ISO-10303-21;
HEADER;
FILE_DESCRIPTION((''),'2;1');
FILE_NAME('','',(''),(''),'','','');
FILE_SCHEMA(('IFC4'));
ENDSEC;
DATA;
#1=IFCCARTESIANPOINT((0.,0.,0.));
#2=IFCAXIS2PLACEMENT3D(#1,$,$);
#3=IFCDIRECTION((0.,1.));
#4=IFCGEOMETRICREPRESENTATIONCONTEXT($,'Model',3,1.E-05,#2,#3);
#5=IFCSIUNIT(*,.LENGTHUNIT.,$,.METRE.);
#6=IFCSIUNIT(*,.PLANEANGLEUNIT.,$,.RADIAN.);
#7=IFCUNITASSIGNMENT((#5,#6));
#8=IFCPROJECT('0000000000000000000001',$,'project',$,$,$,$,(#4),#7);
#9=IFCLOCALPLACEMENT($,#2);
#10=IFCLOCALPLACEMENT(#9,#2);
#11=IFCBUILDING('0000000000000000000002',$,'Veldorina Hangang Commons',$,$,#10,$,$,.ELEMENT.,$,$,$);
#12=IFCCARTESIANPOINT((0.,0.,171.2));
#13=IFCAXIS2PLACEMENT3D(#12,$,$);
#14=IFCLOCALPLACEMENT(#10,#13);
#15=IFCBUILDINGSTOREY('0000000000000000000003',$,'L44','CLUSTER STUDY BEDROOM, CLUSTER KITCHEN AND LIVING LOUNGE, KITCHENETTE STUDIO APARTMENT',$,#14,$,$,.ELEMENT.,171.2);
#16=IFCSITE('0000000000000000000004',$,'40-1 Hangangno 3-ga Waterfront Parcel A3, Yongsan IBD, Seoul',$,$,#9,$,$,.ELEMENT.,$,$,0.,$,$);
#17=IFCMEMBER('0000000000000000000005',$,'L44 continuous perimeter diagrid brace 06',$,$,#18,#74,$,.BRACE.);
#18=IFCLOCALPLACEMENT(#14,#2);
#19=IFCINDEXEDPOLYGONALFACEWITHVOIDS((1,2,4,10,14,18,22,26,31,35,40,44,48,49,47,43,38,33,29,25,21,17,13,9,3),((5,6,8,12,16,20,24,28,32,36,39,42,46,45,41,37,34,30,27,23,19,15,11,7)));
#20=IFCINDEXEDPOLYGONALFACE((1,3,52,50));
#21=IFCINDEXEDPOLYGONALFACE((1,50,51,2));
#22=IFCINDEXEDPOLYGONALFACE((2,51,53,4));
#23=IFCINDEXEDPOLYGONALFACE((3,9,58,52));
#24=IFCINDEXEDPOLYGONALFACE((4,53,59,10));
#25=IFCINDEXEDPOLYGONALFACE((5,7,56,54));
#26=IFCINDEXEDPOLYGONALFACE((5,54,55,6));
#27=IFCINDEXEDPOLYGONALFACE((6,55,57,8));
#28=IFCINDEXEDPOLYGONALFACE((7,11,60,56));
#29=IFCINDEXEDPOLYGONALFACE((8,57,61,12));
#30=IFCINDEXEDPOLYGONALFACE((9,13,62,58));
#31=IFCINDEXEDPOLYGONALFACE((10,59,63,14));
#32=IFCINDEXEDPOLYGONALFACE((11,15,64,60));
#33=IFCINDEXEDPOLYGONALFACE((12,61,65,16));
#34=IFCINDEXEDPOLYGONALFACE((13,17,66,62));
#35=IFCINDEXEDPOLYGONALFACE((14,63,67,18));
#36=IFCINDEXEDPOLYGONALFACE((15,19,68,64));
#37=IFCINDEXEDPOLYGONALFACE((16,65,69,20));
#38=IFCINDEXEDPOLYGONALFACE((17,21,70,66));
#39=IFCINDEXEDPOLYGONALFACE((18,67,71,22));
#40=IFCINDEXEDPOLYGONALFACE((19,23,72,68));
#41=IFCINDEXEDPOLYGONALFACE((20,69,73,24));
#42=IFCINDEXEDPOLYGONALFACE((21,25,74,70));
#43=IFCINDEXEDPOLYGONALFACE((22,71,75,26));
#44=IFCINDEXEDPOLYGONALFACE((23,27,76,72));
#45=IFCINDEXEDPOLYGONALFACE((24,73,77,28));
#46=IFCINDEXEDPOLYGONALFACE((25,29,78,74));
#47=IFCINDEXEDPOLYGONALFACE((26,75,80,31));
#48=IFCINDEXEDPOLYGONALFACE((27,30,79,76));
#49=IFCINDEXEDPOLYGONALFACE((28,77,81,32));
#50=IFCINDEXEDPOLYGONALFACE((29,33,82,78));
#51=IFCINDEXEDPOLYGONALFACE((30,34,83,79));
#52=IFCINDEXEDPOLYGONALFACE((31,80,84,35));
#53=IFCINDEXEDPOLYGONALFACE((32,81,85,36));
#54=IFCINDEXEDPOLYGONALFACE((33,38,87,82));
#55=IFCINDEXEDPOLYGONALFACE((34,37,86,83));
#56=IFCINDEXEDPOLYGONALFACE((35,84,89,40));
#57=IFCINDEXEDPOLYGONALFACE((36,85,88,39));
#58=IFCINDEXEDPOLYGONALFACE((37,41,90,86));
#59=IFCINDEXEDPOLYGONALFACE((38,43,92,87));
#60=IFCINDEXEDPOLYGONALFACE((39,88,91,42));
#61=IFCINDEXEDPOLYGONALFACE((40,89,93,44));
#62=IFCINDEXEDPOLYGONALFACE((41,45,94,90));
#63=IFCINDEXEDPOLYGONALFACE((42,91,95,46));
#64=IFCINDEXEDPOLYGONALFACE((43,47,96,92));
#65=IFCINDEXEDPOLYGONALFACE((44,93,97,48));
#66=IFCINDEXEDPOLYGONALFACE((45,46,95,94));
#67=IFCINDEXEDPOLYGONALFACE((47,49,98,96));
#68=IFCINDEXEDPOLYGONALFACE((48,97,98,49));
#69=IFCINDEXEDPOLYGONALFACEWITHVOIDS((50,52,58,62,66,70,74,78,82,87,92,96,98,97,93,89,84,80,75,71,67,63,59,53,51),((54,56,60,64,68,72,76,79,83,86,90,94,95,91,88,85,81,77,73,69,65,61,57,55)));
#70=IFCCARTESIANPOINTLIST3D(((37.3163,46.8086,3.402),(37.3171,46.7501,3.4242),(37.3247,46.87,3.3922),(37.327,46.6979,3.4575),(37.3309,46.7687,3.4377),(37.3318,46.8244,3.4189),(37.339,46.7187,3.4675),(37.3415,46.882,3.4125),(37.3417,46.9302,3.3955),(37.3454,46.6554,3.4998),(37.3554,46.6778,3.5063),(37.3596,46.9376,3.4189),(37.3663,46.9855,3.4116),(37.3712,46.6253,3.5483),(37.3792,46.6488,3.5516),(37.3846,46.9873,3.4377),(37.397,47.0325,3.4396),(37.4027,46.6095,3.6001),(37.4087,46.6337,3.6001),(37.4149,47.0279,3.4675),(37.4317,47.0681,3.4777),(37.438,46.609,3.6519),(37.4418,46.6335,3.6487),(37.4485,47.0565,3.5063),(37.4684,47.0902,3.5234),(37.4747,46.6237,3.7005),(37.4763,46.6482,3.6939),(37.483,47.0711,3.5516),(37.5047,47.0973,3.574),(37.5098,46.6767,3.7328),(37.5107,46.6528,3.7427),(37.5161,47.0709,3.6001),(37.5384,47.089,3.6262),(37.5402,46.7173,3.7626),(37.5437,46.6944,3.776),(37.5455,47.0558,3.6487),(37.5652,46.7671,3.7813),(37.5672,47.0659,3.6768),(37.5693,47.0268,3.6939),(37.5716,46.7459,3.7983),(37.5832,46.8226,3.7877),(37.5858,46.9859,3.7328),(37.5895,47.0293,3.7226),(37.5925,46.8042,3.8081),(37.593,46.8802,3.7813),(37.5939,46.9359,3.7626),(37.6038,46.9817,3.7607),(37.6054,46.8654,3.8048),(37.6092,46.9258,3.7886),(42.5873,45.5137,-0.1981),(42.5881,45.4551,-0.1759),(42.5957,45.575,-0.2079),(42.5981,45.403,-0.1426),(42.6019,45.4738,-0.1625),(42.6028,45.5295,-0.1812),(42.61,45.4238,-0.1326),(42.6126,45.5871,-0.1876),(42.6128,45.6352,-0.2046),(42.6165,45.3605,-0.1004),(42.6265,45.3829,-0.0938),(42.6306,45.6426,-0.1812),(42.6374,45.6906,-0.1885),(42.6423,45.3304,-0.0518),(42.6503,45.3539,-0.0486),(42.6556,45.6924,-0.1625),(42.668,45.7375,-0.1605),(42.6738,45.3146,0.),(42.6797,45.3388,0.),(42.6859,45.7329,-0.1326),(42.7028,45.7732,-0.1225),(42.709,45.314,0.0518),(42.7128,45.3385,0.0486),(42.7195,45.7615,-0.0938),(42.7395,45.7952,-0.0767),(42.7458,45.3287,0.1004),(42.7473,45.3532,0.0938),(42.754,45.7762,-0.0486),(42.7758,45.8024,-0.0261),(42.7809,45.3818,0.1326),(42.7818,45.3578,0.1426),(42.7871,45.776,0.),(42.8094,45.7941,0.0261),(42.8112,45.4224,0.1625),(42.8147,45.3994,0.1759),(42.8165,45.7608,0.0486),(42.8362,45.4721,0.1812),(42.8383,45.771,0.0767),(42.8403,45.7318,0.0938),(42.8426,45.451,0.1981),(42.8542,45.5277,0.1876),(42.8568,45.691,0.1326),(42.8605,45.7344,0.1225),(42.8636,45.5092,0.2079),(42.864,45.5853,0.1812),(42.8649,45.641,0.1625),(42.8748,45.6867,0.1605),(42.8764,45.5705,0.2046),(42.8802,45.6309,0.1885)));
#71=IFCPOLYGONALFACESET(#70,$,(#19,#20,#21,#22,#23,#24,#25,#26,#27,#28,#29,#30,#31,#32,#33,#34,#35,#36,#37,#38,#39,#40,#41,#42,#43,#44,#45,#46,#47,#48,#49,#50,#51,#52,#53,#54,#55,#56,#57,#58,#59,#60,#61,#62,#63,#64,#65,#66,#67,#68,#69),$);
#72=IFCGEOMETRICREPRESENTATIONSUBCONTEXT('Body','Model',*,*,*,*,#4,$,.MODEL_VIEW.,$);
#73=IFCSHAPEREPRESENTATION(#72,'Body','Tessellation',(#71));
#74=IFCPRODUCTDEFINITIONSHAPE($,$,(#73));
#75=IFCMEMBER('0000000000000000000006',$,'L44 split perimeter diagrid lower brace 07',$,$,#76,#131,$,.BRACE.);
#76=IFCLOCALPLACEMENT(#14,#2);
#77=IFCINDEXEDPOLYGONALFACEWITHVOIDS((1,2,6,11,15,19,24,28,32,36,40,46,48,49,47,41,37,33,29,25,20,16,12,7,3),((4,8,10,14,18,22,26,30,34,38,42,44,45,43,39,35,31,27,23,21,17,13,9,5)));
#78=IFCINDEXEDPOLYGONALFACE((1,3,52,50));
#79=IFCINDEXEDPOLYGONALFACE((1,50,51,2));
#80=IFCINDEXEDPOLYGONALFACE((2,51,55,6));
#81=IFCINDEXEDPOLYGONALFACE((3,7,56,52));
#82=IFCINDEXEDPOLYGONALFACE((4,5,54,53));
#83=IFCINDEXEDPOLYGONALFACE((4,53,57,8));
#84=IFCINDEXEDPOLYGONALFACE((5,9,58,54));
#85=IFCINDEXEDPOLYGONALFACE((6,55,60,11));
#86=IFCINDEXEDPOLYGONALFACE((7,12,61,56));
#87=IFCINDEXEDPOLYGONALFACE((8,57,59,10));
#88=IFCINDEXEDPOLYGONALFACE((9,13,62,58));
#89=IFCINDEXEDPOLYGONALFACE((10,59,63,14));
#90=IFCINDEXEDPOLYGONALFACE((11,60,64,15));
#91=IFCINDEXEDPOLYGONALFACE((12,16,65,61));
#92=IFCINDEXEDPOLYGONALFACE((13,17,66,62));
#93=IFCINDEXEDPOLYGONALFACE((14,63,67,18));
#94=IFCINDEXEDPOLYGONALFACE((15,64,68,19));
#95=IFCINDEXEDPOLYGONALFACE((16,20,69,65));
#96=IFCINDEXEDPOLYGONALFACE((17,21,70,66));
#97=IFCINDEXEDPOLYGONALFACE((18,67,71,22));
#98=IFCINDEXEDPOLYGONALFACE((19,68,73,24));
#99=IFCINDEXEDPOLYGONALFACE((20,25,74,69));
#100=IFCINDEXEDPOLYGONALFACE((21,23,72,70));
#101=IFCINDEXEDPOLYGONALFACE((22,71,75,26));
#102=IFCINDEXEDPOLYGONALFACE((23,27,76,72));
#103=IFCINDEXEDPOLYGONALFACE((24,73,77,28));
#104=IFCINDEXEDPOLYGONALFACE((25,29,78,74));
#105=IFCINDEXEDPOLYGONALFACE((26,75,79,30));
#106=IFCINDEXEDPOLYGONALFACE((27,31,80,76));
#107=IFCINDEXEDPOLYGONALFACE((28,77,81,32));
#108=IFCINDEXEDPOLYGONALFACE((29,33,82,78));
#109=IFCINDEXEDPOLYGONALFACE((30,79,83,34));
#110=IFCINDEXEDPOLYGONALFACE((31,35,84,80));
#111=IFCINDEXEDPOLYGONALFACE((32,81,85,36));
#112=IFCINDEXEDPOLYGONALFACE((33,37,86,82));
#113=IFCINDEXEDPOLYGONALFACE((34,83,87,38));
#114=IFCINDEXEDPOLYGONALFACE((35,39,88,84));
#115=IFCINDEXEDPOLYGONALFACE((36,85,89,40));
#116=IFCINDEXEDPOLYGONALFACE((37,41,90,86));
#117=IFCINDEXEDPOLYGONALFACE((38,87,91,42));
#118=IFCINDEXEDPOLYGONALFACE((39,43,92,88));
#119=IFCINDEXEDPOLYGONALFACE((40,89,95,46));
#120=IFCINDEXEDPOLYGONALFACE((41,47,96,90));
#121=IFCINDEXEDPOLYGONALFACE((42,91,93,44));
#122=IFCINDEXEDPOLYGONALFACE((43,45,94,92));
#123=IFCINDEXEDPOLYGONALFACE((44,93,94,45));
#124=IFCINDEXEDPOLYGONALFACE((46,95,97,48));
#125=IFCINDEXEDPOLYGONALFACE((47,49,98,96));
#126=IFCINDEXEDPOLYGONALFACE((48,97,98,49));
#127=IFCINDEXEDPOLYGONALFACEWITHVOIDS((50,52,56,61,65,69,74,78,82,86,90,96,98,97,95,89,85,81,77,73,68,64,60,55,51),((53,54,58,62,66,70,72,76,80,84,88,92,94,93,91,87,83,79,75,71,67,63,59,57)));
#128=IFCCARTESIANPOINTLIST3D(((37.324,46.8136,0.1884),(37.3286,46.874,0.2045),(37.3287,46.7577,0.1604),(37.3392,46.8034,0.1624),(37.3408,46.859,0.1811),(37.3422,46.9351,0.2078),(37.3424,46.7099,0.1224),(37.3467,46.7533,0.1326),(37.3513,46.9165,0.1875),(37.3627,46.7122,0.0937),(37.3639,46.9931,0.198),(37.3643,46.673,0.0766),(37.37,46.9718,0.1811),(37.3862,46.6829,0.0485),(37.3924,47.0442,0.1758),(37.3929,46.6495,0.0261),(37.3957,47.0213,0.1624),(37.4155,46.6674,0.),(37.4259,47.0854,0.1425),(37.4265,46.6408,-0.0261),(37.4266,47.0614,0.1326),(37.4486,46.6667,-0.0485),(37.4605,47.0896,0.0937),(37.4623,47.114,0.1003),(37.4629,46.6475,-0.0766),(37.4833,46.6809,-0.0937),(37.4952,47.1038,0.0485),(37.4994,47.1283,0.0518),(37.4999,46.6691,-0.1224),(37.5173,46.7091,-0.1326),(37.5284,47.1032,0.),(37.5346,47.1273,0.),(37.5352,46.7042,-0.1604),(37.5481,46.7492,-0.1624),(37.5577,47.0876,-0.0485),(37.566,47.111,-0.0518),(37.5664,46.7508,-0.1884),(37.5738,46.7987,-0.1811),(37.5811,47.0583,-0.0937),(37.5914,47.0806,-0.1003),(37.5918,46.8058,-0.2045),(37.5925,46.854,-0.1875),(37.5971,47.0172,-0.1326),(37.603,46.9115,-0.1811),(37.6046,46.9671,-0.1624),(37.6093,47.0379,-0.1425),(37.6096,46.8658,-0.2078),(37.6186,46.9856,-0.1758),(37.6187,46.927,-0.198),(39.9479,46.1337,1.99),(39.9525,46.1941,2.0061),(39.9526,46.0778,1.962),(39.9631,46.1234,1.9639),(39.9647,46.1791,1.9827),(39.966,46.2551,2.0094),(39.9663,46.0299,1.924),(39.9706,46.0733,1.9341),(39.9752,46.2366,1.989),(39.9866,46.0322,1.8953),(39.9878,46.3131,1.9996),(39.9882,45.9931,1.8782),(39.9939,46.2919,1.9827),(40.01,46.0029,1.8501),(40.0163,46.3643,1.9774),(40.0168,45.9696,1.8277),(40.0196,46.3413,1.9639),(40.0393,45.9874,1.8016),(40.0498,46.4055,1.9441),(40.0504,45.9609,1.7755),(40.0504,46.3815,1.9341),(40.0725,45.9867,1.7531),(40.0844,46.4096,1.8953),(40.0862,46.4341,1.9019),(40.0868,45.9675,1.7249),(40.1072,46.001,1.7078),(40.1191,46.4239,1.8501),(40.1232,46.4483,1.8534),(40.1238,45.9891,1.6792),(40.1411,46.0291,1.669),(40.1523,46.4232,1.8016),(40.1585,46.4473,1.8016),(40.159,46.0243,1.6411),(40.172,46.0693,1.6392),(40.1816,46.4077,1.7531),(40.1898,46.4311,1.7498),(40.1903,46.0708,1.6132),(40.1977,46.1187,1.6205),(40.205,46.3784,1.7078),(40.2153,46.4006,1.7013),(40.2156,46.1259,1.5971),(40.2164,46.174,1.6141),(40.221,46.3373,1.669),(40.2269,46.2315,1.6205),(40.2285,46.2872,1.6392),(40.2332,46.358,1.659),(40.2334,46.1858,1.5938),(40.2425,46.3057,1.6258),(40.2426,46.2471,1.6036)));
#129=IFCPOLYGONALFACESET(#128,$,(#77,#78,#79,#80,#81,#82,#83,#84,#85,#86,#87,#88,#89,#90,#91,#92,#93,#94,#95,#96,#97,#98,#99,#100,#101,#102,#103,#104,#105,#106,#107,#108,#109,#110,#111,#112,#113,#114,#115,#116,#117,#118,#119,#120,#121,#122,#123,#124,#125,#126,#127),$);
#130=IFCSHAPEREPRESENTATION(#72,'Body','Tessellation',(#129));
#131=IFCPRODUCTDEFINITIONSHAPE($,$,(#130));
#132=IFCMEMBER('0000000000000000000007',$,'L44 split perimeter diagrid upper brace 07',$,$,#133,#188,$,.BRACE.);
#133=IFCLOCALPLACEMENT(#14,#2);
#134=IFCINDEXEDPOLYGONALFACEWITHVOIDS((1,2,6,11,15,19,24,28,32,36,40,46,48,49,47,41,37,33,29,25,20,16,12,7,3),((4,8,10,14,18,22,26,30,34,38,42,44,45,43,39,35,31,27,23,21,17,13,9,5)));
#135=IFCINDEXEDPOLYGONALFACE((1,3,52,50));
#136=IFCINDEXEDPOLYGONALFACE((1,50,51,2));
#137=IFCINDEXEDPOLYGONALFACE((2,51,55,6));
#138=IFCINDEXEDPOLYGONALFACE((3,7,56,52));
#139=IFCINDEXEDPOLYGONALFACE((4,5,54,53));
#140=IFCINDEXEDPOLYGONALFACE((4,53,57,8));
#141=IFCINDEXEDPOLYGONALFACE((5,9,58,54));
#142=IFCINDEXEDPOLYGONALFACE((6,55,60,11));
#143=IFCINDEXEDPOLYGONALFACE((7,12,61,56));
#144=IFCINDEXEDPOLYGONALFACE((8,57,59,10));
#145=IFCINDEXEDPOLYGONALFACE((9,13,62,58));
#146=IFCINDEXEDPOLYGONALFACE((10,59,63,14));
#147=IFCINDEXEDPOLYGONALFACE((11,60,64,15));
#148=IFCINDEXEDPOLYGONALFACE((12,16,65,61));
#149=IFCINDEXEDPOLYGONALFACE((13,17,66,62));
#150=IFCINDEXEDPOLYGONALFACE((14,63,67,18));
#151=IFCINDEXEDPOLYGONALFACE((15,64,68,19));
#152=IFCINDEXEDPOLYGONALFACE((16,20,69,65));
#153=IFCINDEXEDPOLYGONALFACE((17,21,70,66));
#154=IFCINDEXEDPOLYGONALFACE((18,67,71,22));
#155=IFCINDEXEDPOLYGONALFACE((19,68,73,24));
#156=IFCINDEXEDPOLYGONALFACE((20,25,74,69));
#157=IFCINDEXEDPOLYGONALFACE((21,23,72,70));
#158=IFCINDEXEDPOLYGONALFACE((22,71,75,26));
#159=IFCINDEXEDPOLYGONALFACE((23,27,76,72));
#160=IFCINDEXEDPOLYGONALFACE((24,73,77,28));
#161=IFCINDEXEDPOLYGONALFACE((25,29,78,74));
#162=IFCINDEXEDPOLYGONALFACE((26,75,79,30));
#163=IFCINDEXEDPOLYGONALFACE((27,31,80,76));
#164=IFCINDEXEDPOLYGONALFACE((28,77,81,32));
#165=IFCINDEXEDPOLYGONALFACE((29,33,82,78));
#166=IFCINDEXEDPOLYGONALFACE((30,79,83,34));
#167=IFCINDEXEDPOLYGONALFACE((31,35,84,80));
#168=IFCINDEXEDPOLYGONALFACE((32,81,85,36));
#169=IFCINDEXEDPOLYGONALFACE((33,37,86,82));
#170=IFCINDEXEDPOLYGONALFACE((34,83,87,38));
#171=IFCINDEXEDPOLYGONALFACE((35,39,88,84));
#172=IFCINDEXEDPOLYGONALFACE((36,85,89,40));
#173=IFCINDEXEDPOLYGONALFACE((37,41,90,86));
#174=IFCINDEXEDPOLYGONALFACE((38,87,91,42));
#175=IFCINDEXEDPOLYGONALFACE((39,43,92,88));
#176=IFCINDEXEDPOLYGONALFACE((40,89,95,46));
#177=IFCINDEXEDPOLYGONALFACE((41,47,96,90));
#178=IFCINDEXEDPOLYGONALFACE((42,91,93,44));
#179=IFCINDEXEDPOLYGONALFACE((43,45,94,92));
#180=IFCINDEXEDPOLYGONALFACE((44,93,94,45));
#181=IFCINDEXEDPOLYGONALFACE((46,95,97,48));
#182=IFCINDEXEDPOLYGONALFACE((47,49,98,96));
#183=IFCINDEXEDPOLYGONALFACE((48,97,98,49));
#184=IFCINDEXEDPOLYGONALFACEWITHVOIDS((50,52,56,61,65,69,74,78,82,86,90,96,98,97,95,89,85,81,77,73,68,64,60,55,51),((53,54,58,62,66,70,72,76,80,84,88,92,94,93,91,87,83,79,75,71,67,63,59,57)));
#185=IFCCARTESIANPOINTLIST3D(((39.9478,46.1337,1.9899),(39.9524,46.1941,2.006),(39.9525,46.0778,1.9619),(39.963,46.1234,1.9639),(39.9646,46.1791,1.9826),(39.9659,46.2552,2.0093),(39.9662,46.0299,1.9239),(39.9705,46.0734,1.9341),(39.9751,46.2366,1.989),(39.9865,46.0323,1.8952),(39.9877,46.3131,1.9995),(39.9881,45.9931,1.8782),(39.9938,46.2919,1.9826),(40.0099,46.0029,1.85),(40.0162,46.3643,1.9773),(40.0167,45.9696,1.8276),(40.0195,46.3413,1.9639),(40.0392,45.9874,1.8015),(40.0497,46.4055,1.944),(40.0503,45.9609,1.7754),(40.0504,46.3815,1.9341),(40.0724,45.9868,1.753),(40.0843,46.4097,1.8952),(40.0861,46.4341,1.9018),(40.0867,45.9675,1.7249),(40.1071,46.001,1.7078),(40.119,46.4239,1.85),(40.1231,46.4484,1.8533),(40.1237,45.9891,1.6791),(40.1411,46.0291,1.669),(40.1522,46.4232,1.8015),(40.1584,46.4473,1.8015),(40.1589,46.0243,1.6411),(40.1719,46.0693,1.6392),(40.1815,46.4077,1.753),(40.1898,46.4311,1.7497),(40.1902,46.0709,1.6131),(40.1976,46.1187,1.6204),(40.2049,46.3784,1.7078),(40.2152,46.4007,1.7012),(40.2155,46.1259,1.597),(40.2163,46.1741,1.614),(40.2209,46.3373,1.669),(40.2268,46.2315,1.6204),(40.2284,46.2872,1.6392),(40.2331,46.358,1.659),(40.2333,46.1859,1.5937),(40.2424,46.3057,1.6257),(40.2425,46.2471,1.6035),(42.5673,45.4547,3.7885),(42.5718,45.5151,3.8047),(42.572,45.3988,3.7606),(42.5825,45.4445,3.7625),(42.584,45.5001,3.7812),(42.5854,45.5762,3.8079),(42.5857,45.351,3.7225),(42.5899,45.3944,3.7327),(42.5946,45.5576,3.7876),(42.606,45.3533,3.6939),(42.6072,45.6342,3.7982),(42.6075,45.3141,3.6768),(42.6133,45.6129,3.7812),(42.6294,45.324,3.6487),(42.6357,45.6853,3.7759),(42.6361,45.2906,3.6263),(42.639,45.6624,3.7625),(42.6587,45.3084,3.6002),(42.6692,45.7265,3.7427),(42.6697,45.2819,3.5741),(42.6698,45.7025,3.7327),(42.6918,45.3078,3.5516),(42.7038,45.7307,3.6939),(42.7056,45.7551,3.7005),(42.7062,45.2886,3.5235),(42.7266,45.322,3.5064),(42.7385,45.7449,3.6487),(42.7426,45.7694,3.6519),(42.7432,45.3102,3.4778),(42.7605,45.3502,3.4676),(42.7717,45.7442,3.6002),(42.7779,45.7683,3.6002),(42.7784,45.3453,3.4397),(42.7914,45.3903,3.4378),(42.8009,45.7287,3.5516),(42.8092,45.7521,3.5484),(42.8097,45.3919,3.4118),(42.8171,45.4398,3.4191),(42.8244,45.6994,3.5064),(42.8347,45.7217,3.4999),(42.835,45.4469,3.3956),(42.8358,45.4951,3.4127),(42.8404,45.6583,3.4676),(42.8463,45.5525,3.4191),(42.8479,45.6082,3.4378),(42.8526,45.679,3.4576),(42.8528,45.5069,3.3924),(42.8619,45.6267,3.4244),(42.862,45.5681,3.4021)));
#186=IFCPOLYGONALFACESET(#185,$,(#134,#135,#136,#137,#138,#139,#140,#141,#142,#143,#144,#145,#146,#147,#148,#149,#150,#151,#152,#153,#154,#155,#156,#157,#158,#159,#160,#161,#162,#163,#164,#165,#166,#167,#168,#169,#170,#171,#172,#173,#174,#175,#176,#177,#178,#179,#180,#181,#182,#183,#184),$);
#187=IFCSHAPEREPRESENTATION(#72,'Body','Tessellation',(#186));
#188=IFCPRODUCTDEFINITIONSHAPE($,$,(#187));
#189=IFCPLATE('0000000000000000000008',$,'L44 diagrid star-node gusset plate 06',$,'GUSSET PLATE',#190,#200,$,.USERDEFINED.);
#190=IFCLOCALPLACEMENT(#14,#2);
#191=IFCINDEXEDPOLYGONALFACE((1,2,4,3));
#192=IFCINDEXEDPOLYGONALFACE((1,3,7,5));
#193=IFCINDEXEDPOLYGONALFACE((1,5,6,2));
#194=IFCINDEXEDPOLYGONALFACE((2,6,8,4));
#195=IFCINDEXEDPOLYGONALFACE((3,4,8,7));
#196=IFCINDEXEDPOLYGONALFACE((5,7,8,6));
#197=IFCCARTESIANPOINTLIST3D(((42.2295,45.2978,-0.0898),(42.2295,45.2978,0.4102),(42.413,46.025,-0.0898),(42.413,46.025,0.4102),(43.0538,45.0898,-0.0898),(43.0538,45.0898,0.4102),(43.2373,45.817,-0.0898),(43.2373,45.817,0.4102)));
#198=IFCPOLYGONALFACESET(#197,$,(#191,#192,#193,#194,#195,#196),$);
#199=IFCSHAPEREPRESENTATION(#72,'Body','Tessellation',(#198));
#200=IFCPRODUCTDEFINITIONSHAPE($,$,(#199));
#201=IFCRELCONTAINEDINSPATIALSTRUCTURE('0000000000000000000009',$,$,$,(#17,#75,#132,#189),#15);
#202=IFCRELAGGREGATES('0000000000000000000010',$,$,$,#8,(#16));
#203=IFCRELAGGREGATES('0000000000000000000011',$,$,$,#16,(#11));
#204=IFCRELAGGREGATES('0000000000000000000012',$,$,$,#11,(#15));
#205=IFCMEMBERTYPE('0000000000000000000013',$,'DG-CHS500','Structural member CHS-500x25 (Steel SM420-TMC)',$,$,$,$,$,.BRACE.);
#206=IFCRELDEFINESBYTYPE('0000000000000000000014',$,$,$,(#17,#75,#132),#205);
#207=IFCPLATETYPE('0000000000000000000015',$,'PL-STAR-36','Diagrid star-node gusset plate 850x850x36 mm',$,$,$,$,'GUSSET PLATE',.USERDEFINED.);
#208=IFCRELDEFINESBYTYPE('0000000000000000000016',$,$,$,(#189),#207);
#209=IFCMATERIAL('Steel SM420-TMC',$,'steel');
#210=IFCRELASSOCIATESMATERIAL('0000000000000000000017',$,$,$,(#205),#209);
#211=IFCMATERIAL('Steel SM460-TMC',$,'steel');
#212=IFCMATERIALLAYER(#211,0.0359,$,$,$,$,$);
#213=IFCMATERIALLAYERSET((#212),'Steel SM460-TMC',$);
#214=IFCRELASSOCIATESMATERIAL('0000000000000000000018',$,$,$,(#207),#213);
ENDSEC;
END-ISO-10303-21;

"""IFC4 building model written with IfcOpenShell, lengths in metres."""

from ifc_helpers import new_model, si_unit, direction, frame, origin, origin_2d, place, context, subcontext, project, spatial, rectangle, hollow_circle, extrude, material, layer, layer_set, material_profile, profile_set, type_object, element, save


model = new_model("IFC4")

# Units and contexts
model_context = context("Model", 3, precision=1e-05, world=origin(), true_north=direction((0.0, 1.0)))
body_context = subcontext(model_context, "Body", "Model", "MODEL_VIEW")
ifc_project = project(units=[si_unit("LENGTHUNIT", "METRE"), si_unit("PLANEANGLEUNIT", "RADIAN")], contexts=[model_context])

# Site, building, storey
site_placement = place(None, origin())
site = spatial("IfcSite", under=ifc_project, at=site_placement, Name="40-1 Hangangno 3-ga Waterfront Parcel A3, Yongsan IBD, Seoul", CompositionType="ELEMENT", RefElevation=0.0)
building_placement = place(site_placement, origin())
building = spatial("IfcBuilding", under=site, at=building_placement, Name="Veldorina Hangang Commons", CompositionType="ELEMENT")
storey_placement = place(building_placement, frame((0.0, 0.0, 171.2)))
storey = spatial("IfcBuildingStorey", under=building, at=storey_placement, Name="L44", Description="CLUSTER STUDY BEDROOM, CLUSTER KITCHEN AND LIVING LOUNGE, KITCHENETTE STUDIO APARTMENT", CompositionType="ELEMENT", Elevation=171.2)

# Shared definitions
ifc_material_1 = material(Name="Steel SM420-TMC", Category="steel")

# Members
ifc_material_profile_1 = material_profile(ifc_material_1, hollow_circle(Radius=0.25, WallThickness=0.0249, at=origin_2d()), Name="CHS-500x25")
ifc_profile_set_1 = profile_set([ifc_material_profile_1], Name="Steel SM420-TMC")
member_type = type_object("IfcMemberType", Name="DG-CHS500", Description="Structural member CHS-500x25 (Steel SM420-TMC)", PredefinedType="BRACE", material=ifc_profile_set_1)
member_1_placement = place(storey_placement, frame((42.7334, 45.5574, 0.0), z_axis=(-0.809287, 0.198817, 0.552744), x_axis=(-0.238575, -0.971124, 0.0)))
element("IfcMember", 1, at=member_1_placement, inside=storey, type_object=member_type, Name="L44 continuous perimeter diagrid brace 06", PredefinedType="BRACE", context=body_context, shape_type="SweptSolid", body=[
    extrude(hollow_circle(Radius=0.25, WallThickness=0.0249, at=origin_2d()), origin(), (0.0, 0.0, 1.0), 6.5132),
])
member_2_placement = place(storey_placement, frame((37.4719, 46.8853, 0.0), z_axis=(0.806193, -0.208918, 0.55354), x_axis=(0.250856, 0.968024, 0.0)))
element("IfcMember", 2, at=member_2_placement, inside=storey, type_object=member_type, Name="L44 split perimeter diagrid lower brace 07", PredefinedType="BRACE", context=body_context, shape_type="SweptSolid", body=[
    extrude(hollow_circle(Radius=0.25, WallThickness=0.0249, at=origin_2d()), origin(), (0.0, 0.0, 1.0), 3.2546),
])
member_3_placement = place(storey_placement, frame((40.0957, 46.2053, 1.8015), z_axis=(0.806172, -0.208963, 0.553553), x_axis=(0.250912, 0.96801, 0.0)))
element("IfcMember", 3, at=member_3_placement, inside=storey, type_object=member_type, Name="L44 split perimeter diagrid upper brace 07", PredefinedType="BRACE", context=body_context, shape_type="SweptSolid", body=[
    extrude(hollow_circle(Radius=0.25, WallThickness=0.0249, at=origin_2d()), origin(), (0.0, 0.0, 1.0), 3.2493),
])

# Plate
ifc_material_2 = material(Name="Steel SM460-TMC", Category="steel")
ifc_layer_1 = layer(ifc_material_2, 0.0359)
ifc_layer_set_1 = layer_set([ifc_layer_1], Name="Steel SM460-TMC")
plate_type = type_object("IfcPlateType", Name="PL-STAR-36", Description="Diagrid star-node gusset plate 850x850x36 mm", ElementType="GUSSET PLATE", PredefinedType="USERDEFINED", material=ifc_layer_set_1)
plate_1_placement = place(storey_placement, frame((42.7334, 45.5574, -0.0898), z_axis=(0.0, 0.0, 1.0), x_axis=(-0.969595, 0.244715, 0.0)))
element("IfcPlate", 4, at=plate_1_placement, inside=storey, type_object=plate_type, Name="L44 diagrid star-node gusset plate 06", ObjectType="GUSSET PLATE", PredefinedType="USERDEFINED", context=body_context, shape_type="SweptSolid", body=[
    extrude(rectangle(XDim=0.8501, YDim=0.75, at=origin_2d()), origin(), (0.0, 0.0, 1.0), 0.5),
])

save(model, "model.ifc")
